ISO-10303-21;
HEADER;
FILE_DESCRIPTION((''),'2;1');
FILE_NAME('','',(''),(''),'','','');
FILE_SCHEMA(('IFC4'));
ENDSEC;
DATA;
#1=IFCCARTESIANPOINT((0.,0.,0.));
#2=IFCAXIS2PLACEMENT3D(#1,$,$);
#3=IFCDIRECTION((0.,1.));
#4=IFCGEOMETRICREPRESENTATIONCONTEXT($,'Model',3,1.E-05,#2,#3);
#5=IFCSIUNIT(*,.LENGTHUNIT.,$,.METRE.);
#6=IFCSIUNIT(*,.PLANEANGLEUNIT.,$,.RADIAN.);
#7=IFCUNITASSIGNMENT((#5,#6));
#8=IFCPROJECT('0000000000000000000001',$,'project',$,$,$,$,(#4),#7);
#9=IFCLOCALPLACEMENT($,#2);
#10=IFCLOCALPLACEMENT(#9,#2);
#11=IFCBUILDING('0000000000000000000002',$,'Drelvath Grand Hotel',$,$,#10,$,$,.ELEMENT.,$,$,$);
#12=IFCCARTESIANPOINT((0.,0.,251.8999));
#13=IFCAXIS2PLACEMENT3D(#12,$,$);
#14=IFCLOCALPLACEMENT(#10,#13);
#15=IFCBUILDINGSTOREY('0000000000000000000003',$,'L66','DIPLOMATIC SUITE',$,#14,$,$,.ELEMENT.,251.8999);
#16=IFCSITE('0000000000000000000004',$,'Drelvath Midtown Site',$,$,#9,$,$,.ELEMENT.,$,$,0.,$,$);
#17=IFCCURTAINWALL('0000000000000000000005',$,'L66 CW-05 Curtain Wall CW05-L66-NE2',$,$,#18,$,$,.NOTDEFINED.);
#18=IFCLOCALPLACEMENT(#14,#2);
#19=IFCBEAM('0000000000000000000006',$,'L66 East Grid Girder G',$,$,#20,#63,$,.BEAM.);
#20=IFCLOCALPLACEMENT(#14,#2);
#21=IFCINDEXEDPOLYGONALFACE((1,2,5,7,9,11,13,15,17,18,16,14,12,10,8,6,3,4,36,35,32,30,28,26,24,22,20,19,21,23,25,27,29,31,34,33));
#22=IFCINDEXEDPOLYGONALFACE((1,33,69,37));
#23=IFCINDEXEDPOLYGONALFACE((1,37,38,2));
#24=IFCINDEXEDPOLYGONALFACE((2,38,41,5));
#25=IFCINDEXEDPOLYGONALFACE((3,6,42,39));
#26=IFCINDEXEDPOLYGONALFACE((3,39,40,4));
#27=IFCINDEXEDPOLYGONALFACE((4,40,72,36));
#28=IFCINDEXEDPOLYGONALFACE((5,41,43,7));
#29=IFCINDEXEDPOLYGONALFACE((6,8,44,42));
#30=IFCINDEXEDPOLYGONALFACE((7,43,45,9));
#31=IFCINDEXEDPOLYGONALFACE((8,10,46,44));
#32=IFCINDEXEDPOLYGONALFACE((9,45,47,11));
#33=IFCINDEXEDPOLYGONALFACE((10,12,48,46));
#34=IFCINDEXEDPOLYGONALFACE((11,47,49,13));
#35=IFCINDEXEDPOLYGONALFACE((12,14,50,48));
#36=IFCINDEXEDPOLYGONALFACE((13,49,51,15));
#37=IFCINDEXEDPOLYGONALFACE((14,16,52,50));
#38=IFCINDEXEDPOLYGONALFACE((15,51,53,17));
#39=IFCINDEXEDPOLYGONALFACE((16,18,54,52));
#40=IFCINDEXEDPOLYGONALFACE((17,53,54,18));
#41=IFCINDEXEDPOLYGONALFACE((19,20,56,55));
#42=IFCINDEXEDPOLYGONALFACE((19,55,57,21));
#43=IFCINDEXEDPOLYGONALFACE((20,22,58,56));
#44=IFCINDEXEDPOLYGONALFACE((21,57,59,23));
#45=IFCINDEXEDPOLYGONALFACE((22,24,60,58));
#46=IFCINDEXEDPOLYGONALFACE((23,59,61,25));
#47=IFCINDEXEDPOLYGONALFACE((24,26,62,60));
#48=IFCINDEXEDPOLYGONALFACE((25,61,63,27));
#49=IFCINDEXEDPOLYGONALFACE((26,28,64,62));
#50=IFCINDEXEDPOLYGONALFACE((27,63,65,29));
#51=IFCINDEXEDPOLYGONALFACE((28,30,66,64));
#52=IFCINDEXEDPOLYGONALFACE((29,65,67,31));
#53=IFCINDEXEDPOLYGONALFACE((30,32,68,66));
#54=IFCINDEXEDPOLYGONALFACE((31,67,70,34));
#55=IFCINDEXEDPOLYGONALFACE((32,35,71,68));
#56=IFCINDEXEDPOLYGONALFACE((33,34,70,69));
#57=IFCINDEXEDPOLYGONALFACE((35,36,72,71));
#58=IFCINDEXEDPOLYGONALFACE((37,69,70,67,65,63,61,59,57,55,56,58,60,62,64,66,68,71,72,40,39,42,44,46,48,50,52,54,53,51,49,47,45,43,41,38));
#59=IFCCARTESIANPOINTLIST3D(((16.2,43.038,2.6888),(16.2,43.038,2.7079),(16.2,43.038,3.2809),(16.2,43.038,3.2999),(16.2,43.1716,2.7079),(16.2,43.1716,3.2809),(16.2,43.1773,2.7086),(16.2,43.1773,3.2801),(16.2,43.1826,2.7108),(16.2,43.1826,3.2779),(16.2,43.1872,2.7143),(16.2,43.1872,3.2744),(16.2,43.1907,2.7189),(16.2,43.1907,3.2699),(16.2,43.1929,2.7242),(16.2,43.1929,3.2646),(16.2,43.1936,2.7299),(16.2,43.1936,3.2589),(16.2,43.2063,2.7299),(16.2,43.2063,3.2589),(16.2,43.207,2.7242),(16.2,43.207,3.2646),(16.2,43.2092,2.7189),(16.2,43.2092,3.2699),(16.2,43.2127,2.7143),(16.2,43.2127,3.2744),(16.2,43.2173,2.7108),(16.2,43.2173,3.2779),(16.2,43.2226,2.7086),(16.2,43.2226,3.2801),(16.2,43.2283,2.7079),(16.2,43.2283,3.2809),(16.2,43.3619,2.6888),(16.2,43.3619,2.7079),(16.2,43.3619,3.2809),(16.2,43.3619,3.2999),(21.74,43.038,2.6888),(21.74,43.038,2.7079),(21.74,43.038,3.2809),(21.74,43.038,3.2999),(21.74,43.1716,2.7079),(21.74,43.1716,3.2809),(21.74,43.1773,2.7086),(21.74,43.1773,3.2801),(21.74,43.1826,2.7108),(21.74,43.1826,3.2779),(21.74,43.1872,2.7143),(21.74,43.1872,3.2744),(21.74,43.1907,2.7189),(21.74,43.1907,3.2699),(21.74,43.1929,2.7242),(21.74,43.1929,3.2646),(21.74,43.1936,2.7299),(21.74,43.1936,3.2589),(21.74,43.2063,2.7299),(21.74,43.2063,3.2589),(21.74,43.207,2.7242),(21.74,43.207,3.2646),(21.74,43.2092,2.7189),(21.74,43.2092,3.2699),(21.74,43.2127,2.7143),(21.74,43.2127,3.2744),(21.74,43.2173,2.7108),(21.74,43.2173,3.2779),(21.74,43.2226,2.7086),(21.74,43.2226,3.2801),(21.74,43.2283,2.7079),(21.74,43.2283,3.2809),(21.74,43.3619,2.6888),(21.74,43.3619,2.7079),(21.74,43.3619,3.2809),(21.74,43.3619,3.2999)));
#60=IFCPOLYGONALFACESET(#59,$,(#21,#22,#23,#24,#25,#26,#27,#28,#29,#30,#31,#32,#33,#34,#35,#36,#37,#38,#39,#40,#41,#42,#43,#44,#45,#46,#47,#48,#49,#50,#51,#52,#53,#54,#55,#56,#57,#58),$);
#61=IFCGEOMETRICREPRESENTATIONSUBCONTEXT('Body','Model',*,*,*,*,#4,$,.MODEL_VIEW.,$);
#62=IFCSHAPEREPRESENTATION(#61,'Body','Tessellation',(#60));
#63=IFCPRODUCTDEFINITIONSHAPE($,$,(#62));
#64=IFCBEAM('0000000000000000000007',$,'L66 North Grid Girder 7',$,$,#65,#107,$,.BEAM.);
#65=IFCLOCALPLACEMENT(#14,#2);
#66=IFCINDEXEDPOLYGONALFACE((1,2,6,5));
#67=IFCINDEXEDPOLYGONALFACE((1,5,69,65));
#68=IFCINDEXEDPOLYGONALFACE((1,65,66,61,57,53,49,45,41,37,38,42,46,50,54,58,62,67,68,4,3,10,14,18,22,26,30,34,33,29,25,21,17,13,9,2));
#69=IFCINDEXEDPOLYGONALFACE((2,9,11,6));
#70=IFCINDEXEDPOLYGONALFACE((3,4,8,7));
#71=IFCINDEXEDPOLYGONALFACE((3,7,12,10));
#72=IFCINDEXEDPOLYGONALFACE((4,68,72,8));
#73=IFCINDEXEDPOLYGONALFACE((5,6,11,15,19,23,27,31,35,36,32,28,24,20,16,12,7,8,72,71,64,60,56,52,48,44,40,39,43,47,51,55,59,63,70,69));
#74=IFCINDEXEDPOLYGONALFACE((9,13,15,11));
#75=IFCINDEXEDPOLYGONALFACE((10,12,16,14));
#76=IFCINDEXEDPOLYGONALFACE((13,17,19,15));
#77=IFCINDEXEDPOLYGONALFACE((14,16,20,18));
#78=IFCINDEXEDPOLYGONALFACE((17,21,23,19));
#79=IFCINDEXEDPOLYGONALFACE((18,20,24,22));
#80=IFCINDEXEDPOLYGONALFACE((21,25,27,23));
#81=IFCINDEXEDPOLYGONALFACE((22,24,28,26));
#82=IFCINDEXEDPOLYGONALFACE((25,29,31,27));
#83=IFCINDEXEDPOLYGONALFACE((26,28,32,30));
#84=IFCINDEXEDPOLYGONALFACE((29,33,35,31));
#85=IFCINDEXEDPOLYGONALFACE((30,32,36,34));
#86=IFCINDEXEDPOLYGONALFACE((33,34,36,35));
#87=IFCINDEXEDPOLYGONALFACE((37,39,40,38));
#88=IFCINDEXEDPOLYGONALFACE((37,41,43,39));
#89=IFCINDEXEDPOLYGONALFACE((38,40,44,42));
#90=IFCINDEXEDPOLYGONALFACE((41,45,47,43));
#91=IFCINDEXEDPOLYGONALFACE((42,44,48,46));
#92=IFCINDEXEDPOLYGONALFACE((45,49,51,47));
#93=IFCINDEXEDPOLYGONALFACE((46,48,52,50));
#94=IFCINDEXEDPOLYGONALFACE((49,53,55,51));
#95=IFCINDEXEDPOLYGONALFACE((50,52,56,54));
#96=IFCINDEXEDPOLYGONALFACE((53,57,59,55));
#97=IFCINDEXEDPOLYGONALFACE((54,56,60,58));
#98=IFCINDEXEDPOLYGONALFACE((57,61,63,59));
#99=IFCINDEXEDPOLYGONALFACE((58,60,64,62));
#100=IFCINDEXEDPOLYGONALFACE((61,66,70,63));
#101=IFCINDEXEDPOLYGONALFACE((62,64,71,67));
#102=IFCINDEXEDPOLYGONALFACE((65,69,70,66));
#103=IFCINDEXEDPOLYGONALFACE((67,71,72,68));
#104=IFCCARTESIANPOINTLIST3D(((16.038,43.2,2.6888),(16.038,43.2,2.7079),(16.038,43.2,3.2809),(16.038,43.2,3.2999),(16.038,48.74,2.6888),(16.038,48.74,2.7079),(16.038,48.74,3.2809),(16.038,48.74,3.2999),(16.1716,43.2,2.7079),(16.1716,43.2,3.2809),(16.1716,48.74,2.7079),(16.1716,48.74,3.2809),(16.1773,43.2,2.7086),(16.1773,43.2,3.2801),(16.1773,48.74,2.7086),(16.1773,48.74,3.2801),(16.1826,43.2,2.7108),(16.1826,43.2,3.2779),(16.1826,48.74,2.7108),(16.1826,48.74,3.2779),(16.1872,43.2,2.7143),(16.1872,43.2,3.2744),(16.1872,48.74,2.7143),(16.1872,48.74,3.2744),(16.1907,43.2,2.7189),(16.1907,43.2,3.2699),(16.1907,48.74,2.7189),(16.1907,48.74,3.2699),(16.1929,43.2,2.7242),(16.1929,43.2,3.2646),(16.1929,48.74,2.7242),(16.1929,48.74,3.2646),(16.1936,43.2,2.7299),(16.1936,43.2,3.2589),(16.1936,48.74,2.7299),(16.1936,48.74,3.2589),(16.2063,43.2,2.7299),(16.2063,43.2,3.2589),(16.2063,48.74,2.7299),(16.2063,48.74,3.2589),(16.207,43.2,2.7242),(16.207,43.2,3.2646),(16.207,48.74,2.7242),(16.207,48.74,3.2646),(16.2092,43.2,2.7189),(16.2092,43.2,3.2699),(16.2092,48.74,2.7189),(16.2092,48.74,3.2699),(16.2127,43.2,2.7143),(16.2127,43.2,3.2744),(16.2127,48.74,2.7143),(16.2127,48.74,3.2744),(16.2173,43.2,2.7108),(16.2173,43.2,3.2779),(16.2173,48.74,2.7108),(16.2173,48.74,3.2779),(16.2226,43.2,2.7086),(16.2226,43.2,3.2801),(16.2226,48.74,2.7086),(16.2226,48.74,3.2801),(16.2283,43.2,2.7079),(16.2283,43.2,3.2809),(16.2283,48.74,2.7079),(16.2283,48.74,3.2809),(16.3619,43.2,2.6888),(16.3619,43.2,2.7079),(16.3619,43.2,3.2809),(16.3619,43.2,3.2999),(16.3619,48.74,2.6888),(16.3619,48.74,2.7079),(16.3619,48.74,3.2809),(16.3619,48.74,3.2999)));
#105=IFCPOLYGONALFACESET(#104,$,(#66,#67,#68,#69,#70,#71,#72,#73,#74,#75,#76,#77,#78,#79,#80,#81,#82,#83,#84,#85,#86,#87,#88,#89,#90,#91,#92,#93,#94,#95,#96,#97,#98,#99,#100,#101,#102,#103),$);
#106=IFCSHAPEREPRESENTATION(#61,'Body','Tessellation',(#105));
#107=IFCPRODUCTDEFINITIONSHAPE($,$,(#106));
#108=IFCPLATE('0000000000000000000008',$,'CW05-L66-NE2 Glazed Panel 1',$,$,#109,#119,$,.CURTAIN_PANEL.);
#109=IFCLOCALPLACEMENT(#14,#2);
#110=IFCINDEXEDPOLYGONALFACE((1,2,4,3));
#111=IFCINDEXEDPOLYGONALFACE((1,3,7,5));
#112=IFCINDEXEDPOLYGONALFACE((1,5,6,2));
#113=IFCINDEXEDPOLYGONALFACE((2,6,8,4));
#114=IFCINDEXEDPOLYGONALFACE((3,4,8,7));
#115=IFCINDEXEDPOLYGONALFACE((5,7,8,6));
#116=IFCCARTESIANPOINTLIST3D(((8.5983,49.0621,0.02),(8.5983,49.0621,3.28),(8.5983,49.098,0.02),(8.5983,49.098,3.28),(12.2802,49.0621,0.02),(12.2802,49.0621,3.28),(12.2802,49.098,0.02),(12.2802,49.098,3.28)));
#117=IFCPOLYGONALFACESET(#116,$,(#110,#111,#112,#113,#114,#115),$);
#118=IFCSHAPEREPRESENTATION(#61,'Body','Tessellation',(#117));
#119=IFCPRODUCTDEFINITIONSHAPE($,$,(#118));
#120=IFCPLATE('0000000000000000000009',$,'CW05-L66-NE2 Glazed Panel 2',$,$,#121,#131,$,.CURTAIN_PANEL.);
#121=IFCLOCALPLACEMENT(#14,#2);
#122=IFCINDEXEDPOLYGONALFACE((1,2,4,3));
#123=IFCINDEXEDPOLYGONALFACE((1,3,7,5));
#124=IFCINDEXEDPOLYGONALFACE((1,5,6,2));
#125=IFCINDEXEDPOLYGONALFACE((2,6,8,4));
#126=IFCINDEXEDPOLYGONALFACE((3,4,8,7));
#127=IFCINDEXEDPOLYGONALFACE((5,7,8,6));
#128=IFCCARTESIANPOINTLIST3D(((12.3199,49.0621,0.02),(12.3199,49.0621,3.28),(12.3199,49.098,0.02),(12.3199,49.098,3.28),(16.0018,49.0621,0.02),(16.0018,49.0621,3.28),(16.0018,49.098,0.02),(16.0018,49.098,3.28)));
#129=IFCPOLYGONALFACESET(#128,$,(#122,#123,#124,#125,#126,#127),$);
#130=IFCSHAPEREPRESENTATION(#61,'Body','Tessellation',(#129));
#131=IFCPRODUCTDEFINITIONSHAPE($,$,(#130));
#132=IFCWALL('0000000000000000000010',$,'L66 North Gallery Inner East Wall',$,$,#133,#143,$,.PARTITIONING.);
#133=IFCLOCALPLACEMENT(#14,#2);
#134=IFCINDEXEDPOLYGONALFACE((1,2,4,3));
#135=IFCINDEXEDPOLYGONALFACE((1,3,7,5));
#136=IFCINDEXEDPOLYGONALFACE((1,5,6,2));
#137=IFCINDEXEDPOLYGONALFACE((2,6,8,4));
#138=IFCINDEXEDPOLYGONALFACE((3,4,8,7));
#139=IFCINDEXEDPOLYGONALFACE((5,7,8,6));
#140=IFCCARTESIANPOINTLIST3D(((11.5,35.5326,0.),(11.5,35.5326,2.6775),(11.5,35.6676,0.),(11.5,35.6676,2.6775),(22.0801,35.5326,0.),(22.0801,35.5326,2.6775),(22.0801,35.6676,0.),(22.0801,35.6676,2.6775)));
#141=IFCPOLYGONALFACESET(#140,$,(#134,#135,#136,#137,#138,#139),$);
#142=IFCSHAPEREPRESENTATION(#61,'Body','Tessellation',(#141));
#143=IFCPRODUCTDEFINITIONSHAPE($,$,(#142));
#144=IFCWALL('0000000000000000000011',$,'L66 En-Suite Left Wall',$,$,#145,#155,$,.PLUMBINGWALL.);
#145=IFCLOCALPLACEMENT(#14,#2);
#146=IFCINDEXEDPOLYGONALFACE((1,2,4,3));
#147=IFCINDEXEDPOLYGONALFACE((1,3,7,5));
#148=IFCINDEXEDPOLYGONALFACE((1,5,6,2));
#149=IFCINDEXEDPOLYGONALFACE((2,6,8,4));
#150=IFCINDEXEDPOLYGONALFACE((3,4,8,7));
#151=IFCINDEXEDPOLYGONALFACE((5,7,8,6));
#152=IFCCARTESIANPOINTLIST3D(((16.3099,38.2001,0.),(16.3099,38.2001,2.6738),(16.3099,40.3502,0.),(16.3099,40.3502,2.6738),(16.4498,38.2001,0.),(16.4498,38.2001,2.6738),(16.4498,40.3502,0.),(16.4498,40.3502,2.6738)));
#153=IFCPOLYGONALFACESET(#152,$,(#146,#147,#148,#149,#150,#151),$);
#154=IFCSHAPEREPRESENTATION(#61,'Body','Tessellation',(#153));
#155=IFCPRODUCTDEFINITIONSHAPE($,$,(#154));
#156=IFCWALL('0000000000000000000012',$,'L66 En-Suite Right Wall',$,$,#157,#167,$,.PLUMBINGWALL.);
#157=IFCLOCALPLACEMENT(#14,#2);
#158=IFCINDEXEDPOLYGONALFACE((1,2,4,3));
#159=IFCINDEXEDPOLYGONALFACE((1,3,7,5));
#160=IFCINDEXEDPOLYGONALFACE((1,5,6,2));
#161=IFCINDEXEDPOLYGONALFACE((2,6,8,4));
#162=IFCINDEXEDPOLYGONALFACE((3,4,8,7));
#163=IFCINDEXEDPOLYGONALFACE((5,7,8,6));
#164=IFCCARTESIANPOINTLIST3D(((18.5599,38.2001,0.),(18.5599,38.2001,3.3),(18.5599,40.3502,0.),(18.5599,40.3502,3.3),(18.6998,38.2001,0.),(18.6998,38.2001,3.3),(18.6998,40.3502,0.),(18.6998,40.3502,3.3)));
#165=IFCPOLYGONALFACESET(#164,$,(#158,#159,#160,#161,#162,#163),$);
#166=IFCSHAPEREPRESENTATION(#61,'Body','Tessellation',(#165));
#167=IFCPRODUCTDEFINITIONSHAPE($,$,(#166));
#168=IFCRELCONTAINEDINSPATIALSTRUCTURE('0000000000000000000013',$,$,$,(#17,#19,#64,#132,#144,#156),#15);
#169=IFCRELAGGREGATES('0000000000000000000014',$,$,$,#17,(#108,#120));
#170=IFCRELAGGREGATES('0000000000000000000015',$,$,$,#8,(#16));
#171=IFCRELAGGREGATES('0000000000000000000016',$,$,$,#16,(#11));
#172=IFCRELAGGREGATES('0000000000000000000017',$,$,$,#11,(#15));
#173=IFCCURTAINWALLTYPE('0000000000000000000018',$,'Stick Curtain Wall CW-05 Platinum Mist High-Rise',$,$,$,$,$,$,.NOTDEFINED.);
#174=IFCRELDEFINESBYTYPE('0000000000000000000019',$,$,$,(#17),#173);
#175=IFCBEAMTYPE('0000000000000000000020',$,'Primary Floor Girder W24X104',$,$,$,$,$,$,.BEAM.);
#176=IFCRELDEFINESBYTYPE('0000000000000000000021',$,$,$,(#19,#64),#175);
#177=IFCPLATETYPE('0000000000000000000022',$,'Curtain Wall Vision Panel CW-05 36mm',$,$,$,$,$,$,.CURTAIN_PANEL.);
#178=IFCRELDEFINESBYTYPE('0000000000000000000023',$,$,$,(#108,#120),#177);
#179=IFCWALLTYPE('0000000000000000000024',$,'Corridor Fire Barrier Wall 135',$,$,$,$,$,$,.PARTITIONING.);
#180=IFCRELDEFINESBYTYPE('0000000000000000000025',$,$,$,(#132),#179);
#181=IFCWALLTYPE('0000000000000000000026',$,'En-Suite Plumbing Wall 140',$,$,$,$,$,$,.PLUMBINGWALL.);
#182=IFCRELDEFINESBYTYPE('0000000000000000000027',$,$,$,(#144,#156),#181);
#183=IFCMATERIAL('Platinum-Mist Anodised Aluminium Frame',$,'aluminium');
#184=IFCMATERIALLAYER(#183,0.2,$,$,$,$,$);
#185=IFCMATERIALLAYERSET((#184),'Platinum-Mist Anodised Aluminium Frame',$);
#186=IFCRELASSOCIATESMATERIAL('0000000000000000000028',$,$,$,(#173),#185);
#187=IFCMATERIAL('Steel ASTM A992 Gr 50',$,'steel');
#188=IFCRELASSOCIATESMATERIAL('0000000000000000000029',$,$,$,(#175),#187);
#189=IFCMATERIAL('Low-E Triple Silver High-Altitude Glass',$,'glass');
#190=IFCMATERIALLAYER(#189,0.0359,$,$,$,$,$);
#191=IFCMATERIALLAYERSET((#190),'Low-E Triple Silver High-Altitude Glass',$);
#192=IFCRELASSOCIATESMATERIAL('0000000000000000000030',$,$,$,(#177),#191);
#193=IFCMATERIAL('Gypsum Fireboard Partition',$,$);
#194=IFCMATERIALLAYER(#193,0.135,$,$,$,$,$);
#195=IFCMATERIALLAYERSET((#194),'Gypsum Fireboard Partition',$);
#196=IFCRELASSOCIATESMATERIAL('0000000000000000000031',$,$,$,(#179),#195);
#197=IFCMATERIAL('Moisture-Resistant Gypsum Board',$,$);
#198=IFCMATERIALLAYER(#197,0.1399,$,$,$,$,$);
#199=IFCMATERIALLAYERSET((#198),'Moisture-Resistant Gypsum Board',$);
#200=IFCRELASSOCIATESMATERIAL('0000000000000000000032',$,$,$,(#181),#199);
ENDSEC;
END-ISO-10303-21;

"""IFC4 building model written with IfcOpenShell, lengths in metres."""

from ifc_helpers import new_model, si_unit, direction, frame, frame_2d, origin, origin_2d, place, context, subcontext, project, spatial, rectangle, i_section, extrude, material, layer, layer_set, material_profile, profile_set, type_object, element, aggregate, save


model = new_model("IFC4")

# Units and contexts
model_context = context("Model", 3, precision=1e-05, world=origin(), true_north=direction((0.0, 1.0)))
body_context = subcontext(model_context, "Body", "Model", "MODEL_VIEW")
ifc_project = project(units=[si_unit("LENGTHUNIT", "METRE"), si_unit("PLANEANGLEUNIT", "RADIAN")], contexts=[model_context])

# Site, building, storey
site_placement = place(None, origin())
site = spatial("IfcSite", under=ifc_project, at=site_placement, Name="Drelvath Midtown Site", CompositionType="ELEMENT", RefElevation=0.0)
building_placement = place(site_placement, origin())
building = spatial("IfcBuilding", under=site, at=building_placement, Name="Drelvath Grand Hotel", CompositionType="ELEMENT")
storey_placement = place(building_placement, frame((0.0, 0.0, 251.8999)))
storey = spatial("IfcBuildingStorey", under=building, at=storey_placement, Name="L66", Description="DIPLOMATIC SUITE", CompositionType="ELEMENT", Elevation=251.8999)

# Curtain wall
ifc_material_1 = material(Name="Platinum-Mist Anodised Aluminium Frame", Category="aluminium")
ifc_layer_1 = layer(ifc_material_1, 0.2)
ifc_layer_set_1 = layer_set([ifc_layer_1], Name="Platinum-Mist Anodised Aluminium Frame")
curtain_wall_type = type_object("IfcCurtainWallType", Name="Stick Curtain Wall CW-05 Platinum Mist High-Rise", PredefinedType="NOTDEFINED", material=ifc_layer_set_1)
curtain_wall_placement = place(storey_placement, origin())
curtain_wall = element("IfcCurtainWall", 1, at=curtain_wall_placement, inside=storey, type_object=curtain_wall_type, Name="L66 CW-05 Curtain Wall CW05-L66-NE2", PredefinedType="NOTDEFINED")

# Beams
ifc_material_2 = material(Name="Steel ASTM A992 Gr 50", Category="steel")
ifc_material_profile_1 = material_profile(ifc_material_2, i_section(OverallWidth=0.324, OverallDepth=0.6111, WebThickness=0.0127, FlangeThickness=0.019, FilletRadius=0.022, at=origin_2d()), Name="W24X104")
ifc_profile_set_1 = profile_set([ifc_material_profile_1], Name="Steel ASTM A992 Gr 50")
beam_type_1 = type_object("IfcBeamType", Name="Primary Floor Girder W24X104", PredefinedType="BEAM", material=ifc_profile_set_1)
for number, where, z_axis, x_axis, name in (
    (2, (16.2, 43.2, 2.9944), (1.0, 0.0, 0.0), (0.0, 1.0, 0.0), "L66 East Grid Girder G"),
    (3, (16.2, 43.2, 2.9944), (0.0, 1.0, 0.0), (-1.0, 0.0, 0.0), "L66 North Grid Girder 7"),
):
    element("IfcBeam", number, at=place(storey_placement, frame(where, z_axis=z_axis, x_axis=x_axis)), inside=storey, type_object=beam_type_1, Name=name, PredefinedType="BEAM", context=body_context, shape_type="SweptSolid", body=[
        extrude(i_section(OverallWidth=0.324, OverallDepth=0.6111, WebThickness=0.0127, FlangeThickness=0.019, FilletRadius=0.022, at=origin_2d()), origin(), (0.0, 0.0, 1.0), 5.54),
    ])

# Plates
ifc_material_3 = material(Name="Low-E Triple Silver High-Altitude Glass", Category="glass")
ifc_layer_2 = layer(ifc_material_3, 0.0359)
ifc_layer_set_2 = layer_set([ifc_layer_2], Name="Low-E Triple Silver High-Altitude Glass")
plate_type = type_object("IfcPlateType", Name="Curtain Wall Vision Panel CW-05 36mm", PredefinedType="CURTAIN_PANEL", material=ifc_layer_set_2)
plate_1_placement = place(storey_placement, frame((10.4392, 49.0801, 0.02), z_axis=(0.0, 0.0, 1.0), x_axis=(1.0, 0.0, 0.0)))
plate_1 = element("IfcPlate", 4, at=plate_1_placement, type_object=plate_type, Name="CW05-L66-NE2 Glazed Panel 1", PredefinedType="CURTAIN_PANEL", context=body_context, shape_type="SweptSolid", body=[
    extrude(rectangle(XDim=3.6819, YDim=0.0359, at=origin_2d()), origin(), (0.0, 0.0, 1.0), 3.26),
])
plate_2_placement = place(storey_placement, frame((14.1609, 49.0801, 0.02), z_axis=(0.0, 0.0, 1.0), x_axis=(1.0, 0.0, 0.0)))
plate_2 = element("IfcPlate", 5, at=plate_2_placement, type_object=plate_type, Name="CW05-L66-NE2 Glazed Panel 2", PredefinedType="CURTAIN_PANEL", context=body_context, shape_type="SweptSolid", body=[
    extrude(rectangle(XDim=3.6819, YDim=0.0359, at=origin_2d()), origin(), (0.0, 0.0, 1.0), 3.26),
])
aggregate(curtain_wall, [plate_1, plate_2])

# Walls
ifc_material_4 = material(Name="Gypsum Fireboard Partition")
ifc_layer_3 = layer(ifc_material_4, 0.135)
ifc_layer_set_3 = layer_set([ifc_layer_3], Name="Gypsum Fireboard Partition")
wall_type_1 = type_object("IfcWallType", Name="Corridor Fire Barrier Wall 135", PredefinedType="PARTITIONING", material=ifc_layer_set_3)
wall_1_placement = place(storey_placement, frame((11.5, 35.6001, 0.0), z_axis=(0.0, 0.0, 1.0), x_axis=(1.0, 0.0, 0.0)))
element("IfcWall", 6, at=wall_1_placement, inside=storey, type_object=wall_type_1, Name="L66 North Gallery Inner East Wall", PredefinedType="PARTITIONING", context=body_context, shape_type="SweptSolid", body=[
    extrude(rectangle(XDim=10.5801, YDim=0.135, at=frame_2d((5.29, 0.0))), origin(), (0.0, 0.0, 1.0), 2.6775),
])
ifc_material_5 = material(Name="Moisture-Resistant Gypsum Board")
ifc_layer_4 = layer(ifc_material_5, 0.1399)
ifc_layer_set_4 = layer_set([ifc_layer_4], Name="Moisture-Resistant Gypsum Board")
wall_type_2 = type_object("IfcWallType", Name="En-Suite Plumbing Wall 140", PredefinedType="PLUMBINGWALL", material=ifc_layer_set_4)
wall_2_placement = place(storey_placement, frame((16.3799, 38.2, 0.0), z_axis=(0.0, 0.0, 1.0), x_axis=(0.0, 1.0, 0.0)))
element("IfcWall", 7, at=wall_2_placement, inside=storey, type_object=wall_type_2, Name="L66 En-Suite Left Wall", PredefinedType="PLUMBINGWALL", context=body_context, shape_type="SweptSolid", body=[
    extrude(rectangle(XDim=2.1501, YDim=0.1399, at=frame_2d((1.0752, 0.0))), origin(), (0.0, 0.0, 1.0), 2.6738),
])
wall_3_placement = place(storey_placement, frame((18.6299, 38.2, 0.0), z_axis=(0.0, 0.0, 1.0), x_axis=(0.0, 1.0, 0.0)))
element("IfcWall", 8, at=wall_3_placement, inside=storey, type_object=wall_type_2, Name="L66 En-Suite Right Wall", PredefinedType="PLUMBINGWALL", context=body_context, shape_type="SweptSolid", body=[
    extrude(rectangle(XDim=2.1501, YDim=0.1399, at=frame_2d((1.0752, 0.0))), origin(), (0.0, 0.0, 1.0), 3.3),
])

save(model, "model.ifc")
